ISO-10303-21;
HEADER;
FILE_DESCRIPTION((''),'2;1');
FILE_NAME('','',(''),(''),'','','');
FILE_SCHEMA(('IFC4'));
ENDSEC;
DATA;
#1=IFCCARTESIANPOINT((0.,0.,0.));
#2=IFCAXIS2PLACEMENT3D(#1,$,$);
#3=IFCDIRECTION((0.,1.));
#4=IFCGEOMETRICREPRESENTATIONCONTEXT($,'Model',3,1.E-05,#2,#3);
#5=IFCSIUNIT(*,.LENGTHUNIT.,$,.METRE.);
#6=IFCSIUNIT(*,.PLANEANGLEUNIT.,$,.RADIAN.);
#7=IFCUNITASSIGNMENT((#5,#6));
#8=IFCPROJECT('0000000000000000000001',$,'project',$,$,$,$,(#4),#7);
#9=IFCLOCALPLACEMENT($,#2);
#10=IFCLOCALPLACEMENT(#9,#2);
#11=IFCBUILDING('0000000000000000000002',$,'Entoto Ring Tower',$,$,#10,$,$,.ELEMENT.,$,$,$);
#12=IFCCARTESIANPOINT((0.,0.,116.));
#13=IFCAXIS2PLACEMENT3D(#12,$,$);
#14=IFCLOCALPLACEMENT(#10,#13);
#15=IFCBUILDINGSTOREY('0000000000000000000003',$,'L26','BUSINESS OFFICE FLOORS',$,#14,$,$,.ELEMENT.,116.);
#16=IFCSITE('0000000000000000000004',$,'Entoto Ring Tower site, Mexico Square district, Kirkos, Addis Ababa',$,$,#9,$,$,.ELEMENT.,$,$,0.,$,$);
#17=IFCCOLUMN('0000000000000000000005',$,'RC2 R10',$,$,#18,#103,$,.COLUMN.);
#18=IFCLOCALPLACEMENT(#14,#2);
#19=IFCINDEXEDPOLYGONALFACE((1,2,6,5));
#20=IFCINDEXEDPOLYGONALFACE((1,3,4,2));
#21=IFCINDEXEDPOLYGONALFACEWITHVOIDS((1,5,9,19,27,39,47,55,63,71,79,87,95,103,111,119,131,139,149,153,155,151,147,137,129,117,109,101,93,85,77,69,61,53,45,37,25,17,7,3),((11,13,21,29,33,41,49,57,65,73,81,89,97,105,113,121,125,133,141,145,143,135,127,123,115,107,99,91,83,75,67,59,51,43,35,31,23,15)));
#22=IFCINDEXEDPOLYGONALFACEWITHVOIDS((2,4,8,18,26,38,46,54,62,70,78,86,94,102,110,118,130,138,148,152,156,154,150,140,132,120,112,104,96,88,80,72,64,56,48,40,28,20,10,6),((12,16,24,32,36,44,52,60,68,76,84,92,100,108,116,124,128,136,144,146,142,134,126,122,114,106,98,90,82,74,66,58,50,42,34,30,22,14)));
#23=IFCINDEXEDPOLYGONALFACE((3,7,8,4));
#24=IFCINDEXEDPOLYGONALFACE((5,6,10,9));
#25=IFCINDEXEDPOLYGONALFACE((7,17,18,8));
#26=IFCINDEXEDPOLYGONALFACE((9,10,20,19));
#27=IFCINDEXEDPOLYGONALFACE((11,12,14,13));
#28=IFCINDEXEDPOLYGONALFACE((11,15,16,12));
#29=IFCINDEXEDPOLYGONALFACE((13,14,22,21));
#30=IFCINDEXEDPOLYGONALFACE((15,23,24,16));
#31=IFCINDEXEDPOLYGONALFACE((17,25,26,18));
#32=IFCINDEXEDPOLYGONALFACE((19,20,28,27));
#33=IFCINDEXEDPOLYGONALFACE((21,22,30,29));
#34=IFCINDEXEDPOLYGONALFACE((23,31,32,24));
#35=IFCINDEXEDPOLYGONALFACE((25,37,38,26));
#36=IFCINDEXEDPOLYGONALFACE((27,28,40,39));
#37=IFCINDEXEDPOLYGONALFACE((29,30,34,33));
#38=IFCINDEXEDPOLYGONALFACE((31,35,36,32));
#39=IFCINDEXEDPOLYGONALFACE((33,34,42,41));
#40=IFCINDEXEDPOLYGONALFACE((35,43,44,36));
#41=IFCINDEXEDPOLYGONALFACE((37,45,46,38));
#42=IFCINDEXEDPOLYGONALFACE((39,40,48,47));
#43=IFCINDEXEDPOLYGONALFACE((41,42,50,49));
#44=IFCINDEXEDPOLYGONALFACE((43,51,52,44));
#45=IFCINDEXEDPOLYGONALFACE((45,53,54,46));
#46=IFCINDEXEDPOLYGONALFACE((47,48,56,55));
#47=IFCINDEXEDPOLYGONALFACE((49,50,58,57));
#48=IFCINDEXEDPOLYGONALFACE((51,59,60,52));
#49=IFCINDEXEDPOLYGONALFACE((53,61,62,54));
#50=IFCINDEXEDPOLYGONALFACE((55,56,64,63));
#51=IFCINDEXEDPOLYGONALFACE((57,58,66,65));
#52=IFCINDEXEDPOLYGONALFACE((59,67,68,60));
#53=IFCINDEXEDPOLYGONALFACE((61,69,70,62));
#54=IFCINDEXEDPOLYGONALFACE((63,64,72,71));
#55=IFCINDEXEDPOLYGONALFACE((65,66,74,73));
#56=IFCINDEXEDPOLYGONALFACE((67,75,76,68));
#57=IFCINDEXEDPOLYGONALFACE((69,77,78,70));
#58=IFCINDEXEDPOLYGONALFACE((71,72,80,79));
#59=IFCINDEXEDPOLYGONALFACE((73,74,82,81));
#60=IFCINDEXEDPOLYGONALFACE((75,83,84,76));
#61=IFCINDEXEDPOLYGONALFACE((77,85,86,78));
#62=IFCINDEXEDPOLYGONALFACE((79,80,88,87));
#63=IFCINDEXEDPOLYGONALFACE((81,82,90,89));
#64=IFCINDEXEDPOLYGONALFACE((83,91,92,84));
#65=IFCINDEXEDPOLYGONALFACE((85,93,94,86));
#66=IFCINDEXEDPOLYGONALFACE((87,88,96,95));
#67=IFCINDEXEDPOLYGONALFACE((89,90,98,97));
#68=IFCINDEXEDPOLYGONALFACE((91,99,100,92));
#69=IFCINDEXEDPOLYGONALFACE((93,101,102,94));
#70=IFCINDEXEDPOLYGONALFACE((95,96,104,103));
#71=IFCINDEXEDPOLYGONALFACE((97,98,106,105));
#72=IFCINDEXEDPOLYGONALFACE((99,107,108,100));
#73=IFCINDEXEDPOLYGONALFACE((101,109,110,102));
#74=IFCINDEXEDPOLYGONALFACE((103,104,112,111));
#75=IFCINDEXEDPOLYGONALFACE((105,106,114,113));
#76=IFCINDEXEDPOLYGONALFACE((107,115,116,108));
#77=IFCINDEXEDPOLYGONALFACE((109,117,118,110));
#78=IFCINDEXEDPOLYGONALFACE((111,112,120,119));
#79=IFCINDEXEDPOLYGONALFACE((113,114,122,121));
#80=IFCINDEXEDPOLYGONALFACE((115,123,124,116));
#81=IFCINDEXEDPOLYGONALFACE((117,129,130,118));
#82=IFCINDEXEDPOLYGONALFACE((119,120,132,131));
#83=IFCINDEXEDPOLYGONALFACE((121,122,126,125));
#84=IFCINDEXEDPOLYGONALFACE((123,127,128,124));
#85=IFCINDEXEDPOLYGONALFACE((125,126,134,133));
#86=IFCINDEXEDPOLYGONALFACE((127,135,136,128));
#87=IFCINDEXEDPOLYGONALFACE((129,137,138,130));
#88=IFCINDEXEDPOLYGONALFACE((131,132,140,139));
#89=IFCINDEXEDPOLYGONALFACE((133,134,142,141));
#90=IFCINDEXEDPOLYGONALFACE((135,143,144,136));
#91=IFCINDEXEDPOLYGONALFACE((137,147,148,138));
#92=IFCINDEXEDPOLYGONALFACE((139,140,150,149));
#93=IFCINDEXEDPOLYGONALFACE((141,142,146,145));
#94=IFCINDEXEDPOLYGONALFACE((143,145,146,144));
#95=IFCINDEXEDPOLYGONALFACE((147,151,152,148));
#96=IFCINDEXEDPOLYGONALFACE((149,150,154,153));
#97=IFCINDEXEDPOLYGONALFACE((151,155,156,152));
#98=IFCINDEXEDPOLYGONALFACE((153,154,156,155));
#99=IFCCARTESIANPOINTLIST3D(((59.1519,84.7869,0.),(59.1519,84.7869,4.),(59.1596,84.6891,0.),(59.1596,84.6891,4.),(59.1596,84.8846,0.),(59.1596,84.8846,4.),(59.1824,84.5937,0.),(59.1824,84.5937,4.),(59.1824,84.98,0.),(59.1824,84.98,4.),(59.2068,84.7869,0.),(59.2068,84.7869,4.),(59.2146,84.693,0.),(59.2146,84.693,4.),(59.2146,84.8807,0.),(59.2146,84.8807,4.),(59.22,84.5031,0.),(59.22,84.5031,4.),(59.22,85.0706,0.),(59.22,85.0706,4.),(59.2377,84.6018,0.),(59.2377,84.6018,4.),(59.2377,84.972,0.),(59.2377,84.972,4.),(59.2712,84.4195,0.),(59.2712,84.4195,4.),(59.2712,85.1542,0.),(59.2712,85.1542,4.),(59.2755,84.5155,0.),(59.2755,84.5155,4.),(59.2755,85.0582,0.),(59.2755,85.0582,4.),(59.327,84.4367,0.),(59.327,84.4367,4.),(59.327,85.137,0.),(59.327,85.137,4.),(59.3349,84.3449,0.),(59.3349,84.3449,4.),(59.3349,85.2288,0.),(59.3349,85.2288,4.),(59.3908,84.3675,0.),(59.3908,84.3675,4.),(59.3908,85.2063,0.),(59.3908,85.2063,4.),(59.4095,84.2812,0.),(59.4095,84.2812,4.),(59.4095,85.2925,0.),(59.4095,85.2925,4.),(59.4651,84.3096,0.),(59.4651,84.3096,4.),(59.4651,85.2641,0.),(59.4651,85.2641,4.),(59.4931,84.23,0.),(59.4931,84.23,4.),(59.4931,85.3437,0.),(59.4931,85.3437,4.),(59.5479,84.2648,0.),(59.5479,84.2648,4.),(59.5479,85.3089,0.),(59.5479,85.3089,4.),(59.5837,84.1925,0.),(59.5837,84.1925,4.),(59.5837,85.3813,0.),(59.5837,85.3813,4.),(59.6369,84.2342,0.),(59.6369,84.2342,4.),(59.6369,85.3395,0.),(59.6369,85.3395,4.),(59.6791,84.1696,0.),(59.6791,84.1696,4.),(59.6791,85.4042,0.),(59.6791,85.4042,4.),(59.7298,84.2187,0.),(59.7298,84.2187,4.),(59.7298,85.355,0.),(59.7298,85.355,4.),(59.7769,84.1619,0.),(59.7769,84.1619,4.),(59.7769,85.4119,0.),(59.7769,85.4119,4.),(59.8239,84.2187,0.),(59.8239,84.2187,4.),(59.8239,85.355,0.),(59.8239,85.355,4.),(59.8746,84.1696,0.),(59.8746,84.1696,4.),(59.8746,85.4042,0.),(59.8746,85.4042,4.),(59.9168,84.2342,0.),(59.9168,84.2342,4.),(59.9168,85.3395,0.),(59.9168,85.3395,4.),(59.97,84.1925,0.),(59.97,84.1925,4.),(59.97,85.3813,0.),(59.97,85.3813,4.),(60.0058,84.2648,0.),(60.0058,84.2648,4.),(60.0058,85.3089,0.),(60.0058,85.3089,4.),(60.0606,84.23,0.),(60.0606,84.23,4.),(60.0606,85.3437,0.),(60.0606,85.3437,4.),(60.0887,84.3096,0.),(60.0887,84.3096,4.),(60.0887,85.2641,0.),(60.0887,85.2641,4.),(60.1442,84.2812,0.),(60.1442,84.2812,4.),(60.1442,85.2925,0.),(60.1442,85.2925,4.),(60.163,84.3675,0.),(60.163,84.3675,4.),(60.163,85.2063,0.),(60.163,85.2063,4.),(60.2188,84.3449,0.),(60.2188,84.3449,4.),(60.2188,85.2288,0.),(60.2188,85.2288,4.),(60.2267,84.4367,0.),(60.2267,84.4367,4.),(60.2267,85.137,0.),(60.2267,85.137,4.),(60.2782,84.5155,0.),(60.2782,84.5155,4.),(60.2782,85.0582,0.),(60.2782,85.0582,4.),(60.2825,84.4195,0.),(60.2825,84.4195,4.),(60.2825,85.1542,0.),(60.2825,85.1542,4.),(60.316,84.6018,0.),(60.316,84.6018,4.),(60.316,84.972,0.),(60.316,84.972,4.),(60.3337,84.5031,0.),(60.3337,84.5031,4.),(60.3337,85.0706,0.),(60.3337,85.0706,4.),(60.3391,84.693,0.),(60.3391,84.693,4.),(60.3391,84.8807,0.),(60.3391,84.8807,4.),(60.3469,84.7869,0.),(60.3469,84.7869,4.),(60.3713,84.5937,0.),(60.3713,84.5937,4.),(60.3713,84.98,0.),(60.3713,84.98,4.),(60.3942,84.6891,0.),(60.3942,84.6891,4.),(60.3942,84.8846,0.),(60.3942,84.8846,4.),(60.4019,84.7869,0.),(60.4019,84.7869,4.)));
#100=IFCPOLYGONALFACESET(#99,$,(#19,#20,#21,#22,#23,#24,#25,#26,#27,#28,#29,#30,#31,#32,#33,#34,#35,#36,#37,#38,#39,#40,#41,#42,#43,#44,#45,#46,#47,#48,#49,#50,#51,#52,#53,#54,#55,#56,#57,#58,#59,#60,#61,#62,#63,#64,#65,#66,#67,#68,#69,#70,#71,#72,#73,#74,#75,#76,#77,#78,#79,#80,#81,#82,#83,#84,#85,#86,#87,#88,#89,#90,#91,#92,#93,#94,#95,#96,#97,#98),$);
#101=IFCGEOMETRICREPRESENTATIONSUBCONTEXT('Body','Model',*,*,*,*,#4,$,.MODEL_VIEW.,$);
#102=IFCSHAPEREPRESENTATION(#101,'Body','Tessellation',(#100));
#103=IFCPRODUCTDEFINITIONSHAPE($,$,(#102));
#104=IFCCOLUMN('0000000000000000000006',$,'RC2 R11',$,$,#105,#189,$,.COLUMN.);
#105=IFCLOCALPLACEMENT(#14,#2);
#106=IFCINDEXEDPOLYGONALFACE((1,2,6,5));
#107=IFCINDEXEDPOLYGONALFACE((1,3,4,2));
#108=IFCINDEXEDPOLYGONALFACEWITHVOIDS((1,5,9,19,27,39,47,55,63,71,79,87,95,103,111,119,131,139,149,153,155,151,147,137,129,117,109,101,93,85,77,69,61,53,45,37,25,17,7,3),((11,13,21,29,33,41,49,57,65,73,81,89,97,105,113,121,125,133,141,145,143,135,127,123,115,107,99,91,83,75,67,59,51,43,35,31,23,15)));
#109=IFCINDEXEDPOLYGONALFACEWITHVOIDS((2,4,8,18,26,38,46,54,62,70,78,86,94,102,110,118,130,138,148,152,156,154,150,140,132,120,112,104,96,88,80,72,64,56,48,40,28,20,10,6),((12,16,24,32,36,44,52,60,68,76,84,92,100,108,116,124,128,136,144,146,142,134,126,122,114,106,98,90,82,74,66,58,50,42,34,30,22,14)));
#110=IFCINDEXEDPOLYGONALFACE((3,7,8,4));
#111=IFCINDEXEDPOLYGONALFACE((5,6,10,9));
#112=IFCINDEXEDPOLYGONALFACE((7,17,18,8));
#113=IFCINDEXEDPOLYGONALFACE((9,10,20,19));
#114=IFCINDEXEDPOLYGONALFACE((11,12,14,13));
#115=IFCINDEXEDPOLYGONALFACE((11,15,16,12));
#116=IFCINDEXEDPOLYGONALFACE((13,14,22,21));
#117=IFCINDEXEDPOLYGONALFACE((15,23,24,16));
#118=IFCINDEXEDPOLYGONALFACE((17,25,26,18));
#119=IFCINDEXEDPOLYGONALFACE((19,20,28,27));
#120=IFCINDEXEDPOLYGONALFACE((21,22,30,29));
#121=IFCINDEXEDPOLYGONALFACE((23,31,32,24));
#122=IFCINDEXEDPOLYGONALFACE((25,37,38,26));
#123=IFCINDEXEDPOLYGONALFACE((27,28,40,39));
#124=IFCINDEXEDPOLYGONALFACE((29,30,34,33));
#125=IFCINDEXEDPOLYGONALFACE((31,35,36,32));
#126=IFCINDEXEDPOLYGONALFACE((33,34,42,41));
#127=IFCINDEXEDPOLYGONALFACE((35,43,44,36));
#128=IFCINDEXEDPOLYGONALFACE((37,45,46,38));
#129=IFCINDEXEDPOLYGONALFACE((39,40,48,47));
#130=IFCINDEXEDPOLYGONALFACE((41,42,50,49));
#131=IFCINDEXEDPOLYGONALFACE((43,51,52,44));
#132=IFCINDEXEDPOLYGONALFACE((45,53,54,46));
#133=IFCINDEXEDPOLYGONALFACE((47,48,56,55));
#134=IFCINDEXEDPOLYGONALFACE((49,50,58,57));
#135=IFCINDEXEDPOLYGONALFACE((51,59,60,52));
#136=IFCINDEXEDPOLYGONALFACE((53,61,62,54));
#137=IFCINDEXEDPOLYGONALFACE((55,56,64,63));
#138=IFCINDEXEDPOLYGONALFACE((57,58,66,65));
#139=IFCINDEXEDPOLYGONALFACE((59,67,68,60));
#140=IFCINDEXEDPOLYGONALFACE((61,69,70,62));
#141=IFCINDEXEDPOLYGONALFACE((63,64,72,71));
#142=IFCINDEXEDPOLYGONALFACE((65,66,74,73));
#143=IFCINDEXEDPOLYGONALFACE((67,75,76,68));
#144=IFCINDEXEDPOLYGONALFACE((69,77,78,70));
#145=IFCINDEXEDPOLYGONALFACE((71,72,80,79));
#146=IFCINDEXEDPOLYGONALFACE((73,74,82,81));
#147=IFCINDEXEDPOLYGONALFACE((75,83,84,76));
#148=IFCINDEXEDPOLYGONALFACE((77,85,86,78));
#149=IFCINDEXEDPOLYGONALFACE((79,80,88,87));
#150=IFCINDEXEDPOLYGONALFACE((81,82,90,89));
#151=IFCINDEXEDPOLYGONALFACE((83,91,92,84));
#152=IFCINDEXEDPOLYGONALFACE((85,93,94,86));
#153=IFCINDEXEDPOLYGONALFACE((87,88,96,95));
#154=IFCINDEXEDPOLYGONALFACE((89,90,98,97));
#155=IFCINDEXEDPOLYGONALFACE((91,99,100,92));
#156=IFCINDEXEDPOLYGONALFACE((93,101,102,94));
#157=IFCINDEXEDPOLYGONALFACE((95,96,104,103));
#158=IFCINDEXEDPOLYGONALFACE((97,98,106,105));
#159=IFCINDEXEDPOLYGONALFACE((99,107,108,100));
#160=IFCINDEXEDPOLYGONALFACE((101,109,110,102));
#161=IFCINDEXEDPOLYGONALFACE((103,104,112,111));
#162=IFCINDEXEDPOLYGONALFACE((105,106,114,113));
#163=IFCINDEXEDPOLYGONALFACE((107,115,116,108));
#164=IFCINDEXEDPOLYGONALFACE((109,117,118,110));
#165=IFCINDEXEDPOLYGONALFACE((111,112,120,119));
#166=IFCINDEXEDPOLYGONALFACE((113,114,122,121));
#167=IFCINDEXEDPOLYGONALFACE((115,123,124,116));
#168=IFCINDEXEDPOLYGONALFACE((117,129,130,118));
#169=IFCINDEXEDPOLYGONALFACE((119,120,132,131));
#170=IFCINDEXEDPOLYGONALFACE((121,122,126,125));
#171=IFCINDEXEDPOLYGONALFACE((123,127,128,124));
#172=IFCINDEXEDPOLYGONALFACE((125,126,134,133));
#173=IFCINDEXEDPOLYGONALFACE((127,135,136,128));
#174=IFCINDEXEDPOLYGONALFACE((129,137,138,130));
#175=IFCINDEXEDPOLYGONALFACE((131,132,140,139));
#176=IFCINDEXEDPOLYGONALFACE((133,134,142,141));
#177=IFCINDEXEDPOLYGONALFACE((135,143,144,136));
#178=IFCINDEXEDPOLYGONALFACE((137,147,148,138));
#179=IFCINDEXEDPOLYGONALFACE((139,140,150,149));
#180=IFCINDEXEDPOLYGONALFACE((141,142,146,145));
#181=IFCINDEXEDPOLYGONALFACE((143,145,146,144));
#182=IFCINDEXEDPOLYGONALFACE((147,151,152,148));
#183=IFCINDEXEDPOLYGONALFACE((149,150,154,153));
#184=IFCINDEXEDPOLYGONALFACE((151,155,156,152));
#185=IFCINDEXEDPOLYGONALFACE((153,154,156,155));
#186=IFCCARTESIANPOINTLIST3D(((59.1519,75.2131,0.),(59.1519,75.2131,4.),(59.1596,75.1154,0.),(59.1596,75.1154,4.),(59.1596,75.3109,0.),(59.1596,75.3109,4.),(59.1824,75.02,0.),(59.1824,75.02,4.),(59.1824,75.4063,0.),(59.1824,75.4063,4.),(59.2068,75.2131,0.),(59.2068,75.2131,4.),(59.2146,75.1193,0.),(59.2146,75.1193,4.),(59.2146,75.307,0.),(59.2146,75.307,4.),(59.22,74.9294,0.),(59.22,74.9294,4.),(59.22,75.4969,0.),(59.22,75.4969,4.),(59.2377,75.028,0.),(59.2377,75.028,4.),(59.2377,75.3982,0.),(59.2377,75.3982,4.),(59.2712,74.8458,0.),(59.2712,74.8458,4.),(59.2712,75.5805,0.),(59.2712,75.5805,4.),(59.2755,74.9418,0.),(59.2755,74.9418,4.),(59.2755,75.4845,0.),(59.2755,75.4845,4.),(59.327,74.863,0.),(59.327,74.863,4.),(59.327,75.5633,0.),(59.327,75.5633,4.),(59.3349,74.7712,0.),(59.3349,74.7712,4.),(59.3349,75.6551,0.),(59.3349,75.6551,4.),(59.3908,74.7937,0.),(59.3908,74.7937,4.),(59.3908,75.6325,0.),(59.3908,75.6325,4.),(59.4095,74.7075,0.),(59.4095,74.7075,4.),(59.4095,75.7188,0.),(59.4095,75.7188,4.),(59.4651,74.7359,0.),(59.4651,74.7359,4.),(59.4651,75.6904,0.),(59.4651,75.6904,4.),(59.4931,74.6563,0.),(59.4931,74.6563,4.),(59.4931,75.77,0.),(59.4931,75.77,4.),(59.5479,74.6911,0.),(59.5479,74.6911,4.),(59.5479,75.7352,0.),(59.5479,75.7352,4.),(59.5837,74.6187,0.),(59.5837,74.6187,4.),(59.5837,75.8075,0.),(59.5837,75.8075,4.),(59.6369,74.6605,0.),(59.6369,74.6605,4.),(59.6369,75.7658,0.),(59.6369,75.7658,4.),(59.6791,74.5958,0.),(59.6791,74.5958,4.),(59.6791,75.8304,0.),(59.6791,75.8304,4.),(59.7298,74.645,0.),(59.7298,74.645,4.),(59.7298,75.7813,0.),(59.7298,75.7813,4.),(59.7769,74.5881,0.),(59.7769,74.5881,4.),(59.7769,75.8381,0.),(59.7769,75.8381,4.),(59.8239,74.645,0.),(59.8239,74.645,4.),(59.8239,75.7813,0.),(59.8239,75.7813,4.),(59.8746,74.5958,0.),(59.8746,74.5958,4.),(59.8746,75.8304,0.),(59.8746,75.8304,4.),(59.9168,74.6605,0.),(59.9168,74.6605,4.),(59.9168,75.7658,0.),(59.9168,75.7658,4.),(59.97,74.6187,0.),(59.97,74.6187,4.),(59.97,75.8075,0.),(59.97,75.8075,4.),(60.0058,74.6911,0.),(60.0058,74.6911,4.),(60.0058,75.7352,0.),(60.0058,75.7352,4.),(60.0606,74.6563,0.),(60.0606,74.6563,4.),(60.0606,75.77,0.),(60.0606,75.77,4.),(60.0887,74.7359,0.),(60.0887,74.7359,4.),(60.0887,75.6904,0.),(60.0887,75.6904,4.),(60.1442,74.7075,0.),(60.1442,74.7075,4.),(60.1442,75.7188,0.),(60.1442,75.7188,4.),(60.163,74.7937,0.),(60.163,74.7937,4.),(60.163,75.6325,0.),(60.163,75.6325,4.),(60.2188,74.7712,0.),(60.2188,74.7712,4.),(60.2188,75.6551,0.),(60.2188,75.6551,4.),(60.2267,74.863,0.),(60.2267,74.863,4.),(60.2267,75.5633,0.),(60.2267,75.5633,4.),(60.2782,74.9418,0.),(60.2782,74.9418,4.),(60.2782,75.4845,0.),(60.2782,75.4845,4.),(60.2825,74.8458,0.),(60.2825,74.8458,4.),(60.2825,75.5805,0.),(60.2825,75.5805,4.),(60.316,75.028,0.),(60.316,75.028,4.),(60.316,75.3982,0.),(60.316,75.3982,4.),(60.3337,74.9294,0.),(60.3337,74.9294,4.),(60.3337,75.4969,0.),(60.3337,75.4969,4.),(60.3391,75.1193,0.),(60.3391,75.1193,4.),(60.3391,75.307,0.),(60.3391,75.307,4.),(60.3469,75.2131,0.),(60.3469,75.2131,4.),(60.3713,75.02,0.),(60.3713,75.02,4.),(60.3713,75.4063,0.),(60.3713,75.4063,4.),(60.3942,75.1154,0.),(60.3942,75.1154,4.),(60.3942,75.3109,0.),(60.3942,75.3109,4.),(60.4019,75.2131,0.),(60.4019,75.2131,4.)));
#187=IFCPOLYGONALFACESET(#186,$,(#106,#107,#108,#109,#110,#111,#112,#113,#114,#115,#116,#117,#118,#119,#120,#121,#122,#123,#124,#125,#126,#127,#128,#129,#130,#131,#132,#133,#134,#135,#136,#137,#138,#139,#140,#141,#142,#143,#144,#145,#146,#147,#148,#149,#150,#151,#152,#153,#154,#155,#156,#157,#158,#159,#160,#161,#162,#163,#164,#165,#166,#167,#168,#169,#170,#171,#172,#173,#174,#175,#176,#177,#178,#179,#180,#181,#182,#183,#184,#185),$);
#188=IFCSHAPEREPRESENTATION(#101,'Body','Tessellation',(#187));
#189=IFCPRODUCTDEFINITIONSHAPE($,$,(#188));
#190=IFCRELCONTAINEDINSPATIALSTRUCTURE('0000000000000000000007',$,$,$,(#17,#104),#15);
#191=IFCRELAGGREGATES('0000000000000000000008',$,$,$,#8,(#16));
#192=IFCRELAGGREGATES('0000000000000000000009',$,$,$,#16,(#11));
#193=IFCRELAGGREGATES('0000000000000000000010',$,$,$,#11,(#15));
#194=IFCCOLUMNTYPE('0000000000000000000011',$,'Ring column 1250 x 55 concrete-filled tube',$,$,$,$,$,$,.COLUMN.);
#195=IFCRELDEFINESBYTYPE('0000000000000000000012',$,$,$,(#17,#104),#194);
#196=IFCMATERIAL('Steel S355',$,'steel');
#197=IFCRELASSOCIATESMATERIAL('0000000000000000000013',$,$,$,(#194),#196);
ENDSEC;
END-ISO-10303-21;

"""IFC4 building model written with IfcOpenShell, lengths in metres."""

from ifc_helpers import new_model, si_unit, direction, frame, origin, origin_2d, place, context, subcontext, project, spatial, circle, hollow_circle, extrude, material, material_profile, profile_set, type_object, element, save


model = new_model("IFC4")

# Units and contexts
model_context = context("Model", 3, precision=1e-05, world=origin(), true_north=direction((0.0, 1.0)))
body_context = subcontext(model_context, "Body", "Model", "MODEL_VIEW")
ifc_project = project(units=[si_unit("LENGTHUNIT", "METRE"), si_unit("PLANEANGLEUNIT", "RADIAN")], contexts=[model_context])

# Site, building, storey
site_placement = place(None, origin())
site = spatial("IfcSite", under=ifc_project, at=site_placement, Name="Entoto Ring Tower site, Mexico Square district, Kirkos, Addis Ababa", CompositionType="ELEMENT", RefElevation=0.0)
building_placement = place(site_placement, origin())
building = spatial("IfcBuilding", under=site, at=building_placement, Name="Entoto Ring Tower", CompositionType="ELEMENT")
storey_placement = place(building_placement, frame((0.0, 0.0, 116.0)))
storey = spatial("IfcBuildingStorey", under=building, at=storey_placement, Name="L26", Description="BUSINESS OFFICE FLOORS", CompositionType="ELEMENT", Elevation=116.0)

# Columns
ifc_material_1 = material(Name="Steel S355", Category="steel")
ifc_material_profile_1 = material_profile(ifc_material_1, hollow_circle(Radius=0.625, WallThickness=0.0549, at=origin_2d()), Name="CHS 1250 x 55")
ifc_material_2 = material(Name="Concrete C60/75", Category="concrete")
ifc_material_profile_2 = material_profile(ifc_material_2, circle(Radius=0.5701, at=origin_2d()), Name="Concrete C60/75 infill")
ifc_profile_set_1 = profile_set([ifc_material_profile_1, ifc_material_profile_2], Name="Steel S355")
column_type = type_object("IfcColumnType", Name="Ring column 1250 x 55 concrete-filled tube", PredefinedType="COLUMN", material=ifc_profile_set_1)
for number, where, z_axis, x_axis, name in (
    (1, (59.7769, 84.7869, 0.0), (0.0, 0.0, 1.0), (1.0, 0.0, 0.0), "RC2 R10"),
    (2, (59.7769, 75.2131, 0.0), (0.0, 0.0, 1.0), (1.0, 0.0, 0.0), "RC2 R11"),
):
    element("IfcColumn", number, at=place(storey_placement, frame(where, z_axis=z_axis, x_axis=x_axis)), inside=storey, type_object=column_type, Name=name, PredefinedType="COLUMN", context=body_context, shape_type="SweptSolid", body=[
        extrude(hollow_circle(Radius=0.625, WallThickness=0.0549, at=origin_2d()), origin(), (0.0, 0.0, 1.0), 4.0),
    ])

save(model, "model.ifc")
